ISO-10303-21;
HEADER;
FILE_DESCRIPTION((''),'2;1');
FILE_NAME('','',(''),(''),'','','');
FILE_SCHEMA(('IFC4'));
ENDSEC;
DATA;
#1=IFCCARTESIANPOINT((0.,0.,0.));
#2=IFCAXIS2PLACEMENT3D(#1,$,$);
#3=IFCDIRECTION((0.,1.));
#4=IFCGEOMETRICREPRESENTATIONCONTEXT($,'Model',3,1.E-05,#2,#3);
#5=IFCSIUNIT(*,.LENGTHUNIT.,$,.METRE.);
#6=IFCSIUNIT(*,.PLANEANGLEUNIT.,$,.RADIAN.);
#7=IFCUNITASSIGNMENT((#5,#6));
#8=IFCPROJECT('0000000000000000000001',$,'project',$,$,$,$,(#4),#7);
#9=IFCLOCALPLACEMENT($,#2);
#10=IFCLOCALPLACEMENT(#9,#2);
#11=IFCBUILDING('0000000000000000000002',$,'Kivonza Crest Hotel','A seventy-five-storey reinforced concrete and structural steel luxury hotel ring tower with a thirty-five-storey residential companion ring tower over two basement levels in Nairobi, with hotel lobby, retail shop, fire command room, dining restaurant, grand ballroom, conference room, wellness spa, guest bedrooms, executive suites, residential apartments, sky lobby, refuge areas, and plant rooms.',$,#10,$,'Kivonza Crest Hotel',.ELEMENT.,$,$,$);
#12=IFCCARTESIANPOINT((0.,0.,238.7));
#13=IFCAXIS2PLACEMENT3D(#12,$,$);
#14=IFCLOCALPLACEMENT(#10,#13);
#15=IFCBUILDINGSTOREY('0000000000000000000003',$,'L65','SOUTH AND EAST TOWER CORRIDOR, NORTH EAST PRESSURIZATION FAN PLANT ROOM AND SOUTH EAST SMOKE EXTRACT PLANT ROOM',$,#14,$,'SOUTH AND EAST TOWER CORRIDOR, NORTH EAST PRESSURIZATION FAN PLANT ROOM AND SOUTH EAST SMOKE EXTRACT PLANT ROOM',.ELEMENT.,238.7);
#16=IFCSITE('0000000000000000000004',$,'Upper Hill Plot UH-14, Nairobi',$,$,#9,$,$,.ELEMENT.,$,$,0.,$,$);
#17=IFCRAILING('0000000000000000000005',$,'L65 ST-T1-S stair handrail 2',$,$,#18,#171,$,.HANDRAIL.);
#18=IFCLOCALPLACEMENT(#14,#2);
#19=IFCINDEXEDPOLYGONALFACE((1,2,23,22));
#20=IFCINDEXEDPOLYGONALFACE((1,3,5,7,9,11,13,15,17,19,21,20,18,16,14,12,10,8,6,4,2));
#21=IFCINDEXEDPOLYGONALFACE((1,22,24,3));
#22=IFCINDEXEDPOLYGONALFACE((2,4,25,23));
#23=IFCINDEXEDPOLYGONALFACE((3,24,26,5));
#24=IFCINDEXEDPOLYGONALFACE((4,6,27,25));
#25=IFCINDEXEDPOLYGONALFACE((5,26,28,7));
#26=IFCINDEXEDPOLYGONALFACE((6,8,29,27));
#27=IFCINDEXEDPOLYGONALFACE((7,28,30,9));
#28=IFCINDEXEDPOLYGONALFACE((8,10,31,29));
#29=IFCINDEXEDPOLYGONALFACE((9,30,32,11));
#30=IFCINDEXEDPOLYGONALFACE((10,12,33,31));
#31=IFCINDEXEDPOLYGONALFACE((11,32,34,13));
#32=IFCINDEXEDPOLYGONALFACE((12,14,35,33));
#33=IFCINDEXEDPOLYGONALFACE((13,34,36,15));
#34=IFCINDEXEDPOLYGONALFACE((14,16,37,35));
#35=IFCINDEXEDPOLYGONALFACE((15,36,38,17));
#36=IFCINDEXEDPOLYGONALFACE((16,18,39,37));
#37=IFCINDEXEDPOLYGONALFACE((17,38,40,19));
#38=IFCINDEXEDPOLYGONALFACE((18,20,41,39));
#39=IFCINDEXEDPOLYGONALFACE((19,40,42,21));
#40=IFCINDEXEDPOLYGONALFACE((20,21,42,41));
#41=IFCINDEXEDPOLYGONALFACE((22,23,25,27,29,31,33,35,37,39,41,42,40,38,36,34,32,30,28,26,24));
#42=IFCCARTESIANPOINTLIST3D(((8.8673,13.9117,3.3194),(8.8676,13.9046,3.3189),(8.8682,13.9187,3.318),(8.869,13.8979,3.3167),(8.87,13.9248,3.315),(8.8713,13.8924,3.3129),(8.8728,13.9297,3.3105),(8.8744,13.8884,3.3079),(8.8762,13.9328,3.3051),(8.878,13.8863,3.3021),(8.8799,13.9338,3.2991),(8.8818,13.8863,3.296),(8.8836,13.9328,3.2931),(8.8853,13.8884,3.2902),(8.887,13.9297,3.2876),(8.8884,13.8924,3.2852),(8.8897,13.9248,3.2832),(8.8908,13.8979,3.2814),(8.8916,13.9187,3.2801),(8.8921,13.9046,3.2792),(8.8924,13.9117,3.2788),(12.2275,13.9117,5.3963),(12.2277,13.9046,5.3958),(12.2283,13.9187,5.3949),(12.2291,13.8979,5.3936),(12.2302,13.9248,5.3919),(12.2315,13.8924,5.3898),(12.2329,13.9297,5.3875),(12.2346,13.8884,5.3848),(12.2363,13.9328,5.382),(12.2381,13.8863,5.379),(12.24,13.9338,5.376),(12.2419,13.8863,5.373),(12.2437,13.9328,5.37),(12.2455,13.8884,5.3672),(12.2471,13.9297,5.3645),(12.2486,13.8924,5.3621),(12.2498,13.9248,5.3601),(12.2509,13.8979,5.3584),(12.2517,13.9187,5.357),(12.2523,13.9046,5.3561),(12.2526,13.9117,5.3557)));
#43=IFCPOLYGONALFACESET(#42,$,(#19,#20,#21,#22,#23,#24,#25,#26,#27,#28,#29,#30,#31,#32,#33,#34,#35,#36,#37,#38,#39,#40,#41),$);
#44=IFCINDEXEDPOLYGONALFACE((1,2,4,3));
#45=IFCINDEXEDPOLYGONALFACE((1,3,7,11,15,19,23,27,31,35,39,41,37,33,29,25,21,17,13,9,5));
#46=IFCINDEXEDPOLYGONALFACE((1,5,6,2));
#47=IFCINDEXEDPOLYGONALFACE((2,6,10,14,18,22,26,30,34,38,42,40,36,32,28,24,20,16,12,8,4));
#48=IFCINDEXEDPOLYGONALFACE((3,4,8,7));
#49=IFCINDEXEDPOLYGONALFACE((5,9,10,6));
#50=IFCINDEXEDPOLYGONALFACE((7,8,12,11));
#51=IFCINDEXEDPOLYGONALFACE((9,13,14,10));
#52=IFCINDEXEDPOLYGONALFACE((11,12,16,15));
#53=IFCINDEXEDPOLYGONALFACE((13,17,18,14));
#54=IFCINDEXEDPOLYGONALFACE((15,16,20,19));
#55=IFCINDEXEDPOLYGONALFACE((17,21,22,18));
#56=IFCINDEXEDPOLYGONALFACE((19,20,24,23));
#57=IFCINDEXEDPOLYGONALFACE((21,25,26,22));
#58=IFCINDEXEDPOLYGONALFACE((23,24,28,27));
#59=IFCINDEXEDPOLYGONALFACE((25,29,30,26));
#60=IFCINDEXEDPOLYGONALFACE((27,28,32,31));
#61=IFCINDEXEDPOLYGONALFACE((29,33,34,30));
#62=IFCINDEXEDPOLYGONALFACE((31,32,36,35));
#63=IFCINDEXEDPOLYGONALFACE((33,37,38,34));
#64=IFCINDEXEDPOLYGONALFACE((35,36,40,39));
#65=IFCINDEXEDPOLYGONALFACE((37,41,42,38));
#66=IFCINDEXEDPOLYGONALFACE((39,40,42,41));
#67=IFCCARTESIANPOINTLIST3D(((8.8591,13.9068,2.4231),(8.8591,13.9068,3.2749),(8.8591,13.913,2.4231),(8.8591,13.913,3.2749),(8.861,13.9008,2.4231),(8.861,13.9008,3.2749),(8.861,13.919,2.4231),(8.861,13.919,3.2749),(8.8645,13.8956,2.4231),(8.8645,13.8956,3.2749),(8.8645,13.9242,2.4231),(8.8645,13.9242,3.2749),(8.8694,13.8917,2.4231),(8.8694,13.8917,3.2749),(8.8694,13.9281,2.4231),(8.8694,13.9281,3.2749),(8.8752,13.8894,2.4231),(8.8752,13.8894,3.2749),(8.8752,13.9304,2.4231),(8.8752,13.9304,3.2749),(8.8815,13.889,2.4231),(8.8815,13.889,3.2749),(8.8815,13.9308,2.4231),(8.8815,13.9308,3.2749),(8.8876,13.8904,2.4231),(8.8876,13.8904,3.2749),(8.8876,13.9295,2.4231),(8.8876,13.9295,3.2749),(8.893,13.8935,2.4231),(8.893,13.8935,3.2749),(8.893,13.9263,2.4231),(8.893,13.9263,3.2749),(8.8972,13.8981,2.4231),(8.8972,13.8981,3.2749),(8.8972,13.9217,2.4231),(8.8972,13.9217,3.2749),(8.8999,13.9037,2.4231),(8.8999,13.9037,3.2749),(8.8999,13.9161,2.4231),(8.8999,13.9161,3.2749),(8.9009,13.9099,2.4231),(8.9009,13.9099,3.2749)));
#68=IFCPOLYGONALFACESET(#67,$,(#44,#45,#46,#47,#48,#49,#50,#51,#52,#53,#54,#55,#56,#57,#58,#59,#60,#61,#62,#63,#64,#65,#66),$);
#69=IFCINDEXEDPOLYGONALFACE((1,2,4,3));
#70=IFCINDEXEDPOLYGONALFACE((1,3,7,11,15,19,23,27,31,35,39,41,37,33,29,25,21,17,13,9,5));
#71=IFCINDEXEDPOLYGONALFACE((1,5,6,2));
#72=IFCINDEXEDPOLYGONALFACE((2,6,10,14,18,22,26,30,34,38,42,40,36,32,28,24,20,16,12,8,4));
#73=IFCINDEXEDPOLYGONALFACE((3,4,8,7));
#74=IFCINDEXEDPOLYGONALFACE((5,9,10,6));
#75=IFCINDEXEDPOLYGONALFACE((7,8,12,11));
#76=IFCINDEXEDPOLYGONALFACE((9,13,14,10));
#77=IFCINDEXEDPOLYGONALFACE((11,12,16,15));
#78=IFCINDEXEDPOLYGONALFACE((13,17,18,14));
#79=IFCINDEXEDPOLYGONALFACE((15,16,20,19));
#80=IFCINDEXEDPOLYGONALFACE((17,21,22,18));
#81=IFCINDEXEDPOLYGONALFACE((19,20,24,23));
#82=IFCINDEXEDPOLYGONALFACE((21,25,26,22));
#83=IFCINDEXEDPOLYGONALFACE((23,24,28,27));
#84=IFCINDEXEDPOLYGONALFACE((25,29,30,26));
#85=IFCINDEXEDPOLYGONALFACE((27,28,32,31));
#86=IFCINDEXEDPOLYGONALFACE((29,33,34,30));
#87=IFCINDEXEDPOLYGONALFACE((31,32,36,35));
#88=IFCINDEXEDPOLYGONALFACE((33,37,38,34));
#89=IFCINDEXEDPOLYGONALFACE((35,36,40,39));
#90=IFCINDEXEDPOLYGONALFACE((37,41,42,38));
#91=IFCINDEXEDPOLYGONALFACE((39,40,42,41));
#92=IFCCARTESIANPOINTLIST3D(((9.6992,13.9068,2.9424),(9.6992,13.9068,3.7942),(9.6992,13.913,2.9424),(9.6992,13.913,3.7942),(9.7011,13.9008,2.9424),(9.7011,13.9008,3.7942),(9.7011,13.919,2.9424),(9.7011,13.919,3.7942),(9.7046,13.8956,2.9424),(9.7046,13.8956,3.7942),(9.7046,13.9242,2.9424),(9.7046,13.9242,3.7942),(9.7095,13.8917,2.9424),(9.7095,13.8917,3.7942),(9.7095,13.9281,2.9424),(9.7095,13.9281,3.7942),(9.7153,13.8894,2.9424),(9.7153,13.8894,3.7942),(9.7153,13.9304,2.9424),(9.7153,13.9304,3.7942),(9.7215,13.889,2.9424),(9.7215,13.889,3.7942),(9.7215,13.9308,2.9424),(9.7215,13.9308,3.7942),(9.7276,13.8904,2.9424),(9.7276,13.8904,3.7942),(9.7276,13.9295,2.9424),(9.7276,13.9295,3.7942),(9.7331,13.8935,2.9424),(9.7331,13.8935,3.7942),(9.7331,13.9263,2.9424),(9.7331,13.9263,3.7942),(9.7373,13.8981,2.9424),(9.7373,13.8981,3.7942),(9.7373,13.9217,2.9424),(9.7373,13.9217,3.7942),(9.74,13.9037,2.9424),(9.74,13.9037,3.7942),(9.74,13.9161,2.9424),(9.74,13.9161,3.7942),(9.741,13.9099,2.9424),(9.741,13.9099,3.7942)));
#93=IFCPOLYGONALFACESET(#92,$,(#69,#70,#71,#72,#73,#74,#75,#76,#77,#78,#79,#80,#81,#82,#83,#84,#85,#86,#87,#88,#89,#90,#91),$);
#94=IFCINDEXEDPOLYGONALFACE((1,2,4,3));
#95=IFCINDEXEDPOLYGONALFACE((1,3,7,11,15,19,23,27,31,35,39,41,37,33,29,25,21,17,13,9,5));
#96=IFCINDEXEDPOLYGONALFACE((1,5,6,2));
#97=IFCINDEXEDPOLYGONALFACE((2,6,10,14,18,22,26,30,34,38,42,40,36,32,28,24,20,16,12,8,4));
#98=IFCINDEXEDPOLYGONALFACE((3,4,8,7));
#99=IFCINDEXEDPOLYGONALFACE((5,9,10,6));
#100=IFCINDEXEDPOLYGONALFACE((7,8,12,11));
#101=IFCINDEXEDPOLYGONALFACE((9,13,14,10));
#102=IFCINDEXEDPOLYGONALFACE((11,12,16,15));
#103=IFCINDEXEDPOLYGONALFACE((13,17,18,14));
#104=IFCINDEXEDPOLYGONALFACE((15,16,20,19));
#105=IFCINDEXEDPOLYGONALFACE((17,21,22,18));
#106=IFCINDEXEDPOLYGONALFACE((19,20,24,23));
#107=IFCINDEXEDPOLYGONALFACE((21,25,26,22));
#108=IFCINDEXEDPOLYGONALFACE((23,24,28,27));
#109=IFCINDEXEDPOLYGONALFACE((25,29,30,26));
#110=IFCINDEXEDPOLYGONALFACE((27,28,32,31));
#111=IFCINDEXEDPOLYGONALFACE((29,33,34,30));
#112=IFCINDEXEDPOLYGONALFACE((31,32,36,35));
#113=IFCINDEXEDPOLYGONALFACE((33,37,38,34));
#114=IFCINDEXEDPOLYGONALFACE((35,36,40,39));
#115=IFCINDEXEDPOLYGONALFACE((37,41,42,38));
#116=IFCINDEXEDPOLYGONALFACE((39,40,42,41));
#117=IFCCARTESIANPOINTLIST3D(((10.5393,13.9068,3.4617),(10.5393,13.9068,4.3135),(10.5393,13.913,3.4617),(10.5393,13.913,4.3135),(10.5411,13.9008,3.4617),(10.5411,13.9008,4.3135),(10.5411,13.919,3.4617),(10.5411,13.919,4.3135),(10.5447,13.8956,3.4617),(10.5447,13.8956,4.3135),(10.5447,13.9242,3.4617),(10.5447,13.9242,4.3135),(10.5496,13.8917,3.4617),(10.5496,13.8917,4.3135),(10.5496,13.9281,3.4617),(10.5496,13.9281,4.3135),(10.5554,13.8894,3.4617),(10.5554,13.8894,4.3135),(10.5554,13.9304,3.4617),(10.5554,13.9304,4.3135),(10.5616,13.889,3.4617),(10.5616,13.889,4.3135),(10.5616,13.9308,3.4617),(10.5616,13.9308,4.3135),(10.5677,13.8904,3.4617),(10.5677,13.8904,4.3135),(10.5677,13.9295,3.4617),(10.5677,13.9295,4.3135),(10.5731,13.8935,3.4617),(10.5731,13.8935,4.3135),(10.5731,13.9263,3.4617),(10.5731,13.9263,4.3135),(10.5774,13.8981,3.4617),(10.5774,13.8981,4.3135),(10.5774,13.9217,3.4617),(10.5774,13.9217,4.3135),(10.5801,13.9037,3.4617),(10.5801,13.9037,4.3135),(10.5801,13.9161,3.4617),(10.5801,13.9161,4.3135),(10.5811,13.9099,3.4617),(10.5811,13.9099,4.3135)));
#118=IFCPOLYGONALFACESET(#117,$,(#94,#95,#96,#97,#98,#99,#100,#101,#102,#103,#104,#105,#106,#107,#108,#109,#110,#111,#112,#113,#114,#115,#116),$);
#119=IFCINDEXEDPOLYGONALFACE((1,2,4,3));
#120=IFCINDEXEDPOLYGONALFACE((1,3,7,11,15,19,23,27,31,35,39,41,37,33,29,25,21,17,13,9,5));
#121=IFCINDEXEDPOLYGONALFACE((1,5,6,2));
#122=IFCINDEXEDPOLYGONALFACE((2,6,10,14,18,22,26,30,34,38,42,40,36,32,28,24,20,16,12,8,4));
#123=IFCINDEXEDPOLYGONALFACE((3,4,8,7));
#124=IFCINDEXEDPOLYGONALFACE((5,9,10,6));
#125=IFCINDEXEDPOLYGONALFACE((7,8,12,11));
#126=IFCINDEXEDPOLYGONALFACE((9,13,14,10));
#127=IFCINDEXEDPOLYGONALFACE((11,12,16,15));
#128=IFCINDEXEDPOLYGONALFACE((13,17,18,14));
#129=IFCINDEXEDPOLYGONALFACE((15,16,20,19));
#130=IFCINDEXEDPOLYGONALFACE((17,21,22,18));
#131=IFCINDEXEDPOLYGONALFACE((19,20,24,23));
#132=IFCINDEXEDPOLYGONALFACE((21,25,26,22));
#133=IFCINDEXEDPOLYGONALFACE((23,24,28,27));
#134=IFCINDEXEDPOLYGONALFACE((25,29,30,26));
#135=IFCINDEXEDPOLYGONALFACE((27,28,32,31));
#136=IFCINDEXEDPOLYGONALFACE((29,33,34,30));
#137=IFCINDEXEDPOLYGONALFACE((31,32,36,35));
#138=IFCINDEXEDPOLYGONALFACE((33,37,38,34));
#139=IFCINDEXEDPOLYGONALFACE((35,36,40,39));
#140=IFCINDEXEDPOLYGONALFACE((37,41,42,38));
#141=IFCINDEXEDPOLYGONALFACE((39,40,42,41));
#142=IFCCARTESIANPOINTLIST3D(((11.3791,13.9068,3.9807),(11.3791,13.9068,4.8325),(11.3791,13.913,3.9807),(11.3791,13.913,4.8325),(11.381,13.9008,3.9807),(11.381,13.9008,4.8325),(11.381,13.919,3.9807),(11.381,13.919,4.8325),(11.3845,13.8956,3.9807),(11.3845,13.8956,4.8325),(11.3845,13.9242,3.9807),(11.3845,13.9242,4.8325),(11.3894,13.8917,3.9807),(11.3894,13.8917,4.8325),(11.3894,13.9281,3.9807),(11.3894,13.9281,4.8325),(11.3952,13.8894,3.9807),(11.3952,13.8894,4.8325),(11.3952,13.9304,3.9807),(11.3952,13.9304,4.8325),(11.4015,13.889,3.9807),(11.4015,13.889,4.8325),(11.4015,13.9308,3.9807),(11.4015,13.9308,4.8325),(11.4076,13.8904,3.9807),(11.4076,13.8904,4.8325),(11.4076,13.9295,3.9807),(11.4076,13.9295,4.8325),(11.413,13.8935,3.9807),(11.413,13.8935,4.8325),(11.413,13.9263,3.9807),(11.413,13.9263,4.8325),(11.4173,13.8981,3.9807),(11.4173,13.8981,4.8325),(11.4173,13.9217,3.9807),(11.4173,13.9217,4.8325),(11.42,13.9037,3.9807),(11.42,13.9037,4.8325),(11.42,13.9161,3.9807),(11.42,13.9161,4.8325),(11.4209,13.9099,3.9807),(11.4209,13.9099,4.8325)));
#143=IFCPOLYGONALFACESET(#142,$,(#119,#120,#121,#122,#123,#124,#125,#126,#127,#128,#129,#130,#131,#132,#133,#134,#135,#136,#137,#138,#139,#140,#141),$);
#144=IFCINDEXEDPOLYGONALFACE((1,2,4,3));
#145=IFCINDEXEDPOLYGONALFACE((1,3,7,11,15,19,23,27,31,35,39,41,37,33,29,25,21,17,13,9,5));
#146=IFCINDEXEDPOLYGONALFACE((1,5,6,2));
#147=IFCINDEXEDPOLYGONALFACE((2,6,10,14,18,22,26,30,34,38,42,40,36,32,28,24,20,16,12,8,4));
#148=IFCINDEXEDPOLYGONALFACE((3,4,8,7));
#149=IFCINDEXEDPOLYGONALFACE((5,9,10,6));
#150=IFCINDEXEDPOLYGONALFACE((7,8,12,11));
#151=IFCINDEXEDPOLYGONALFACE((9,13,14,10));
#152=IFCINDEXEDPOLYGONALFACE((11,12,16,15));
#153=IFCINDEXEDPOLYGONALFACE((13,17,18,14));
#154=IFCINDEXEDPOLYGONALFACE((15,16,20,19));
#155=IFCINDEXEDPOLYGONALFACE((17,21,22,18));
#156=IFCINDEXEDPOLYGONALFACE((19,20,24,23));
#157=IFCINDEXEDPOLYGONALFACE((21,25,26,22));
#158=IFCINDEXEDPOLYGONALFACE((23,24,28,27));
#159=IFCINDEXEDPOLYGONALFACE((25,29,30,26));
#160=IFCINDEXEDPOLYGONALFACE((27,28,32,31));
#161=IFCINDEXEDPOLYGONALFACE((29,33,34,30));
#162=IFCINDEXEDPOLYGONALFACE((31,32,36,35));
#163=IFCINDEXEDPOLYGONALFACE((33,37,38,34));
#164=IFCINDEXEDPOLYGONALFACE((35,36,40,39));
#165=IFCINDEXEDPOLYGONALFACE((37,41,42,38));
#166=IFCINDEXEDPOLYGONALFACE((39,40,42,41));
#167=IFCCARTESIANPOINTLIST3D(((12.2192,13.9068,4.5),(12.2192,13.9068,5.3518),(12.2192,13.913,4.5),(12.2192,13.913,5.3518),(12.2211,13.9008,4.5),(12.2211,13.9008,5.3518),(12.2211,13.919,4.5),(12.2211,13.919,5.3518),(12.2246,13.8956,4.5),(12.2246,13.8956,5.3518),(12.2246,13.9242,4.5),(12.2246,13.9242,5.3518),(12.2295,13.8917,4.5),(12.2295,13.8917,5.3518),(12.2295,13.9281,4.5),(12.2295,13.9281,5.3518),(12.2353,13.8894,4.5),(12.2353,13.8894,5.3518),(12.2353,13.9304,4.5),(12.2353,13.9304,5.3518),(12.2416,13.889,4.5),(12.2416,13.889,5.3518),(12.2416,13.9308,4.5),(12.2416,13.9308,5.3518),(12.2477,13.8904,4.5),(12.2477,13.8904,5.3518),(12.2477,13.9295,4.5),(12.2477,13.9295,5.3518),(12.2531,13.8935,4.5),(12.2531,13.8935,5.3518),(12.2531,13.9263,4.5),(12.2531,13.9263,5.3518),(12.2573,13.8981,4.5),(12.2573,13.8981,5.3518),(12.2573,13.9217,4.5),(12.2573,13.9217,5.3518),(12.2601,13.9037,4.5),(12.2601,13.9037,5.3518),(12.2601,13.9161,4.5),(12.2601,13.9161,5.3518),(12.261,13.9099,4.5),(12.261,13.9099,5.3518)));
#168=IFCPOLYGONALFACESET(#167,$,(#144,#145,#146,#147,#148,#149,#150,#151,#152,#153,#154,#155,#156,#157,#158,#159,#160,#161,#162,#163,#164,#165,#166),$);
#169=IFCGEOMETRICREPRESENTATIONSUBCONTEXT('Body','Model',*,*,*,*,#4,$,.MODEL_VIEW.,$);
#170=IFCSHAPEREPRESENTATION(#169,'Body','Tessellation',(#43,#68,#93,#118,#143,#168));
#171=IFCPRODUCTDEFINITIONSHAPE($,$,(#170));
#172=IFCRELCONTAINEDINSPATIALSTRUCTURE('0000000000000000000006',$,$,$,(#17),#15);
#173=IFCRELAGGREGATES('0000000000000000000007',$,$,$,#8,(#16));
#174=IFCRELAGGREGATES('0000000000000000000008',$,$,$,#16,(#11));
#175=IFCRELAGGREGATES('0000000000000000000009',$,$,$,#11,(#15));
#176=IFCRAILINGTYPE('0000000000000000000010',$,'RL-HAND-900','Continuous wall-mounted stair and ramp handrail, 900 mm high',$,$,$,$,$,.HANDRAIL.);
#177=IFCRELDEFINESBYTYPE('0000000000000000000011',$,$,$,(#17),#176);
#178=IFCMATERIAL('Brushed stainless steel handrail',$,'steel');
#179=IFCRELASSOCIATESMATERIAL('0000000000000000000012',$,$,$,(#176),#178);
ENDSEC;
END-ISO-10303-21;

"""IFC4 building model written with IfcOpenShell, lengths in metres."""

from ifc_helpers import new_model, si_unit, direction, frame, origin, origin_2d, place, context, subcontext, project, spatial, circle, extrude, material, type_object, element, save


model = new_model("IFC4")

# Units and contexts
model_context = context("Model", 3, precision=1e-05, world=origin(), true_north=direction((0.0, 1.0)))
body_context = subcontext(model_context, "Body", "Model", "MODEL_VIEW")
ifc_project = project(units=[si_unit("LENGTHUNIT", "METRE"), si_unit("PLANEANGLEUNIT", "RADIAN")], contexts=[model_context])

# Site, building, storey
site_placement = place(None, origin())
site = spatial("IfcSite", under=ifc_project, at=site_placement, Name="Upper Hill Plot UH-14, Nairobi", CompositionType="ELEMENT", RefElevation=0.0)
building_placement = place(site_placement, origin())
building = spatial("IfcBuilding", under=site, at=building_placement, Name="Kivonza Crest Hotel", Description="A seventy-five-storey reinforced concrete and structural steel luxury hotel ring tower with a thirty-five-storey residential companion ring tower over two basement levels in Nairobi, with hotel lobby, retail shop, fire command room, dining restaurant, grand ballroom, conference room, wellness spa, guest bedrooms, executive suites, residential apartments, sky lobby, refuge areas, and plant rooms.", LongName="Kivonza Crest Hotel", CompositionType="ELEMENT")
storey_placement = place(building_placement, frame((0.0, 0.0, 238.7)))
storey = spatial("IfcBuildingStorey", under=building, at=storey_placement, Name="L65", Description="SOUTH AND EAST TOWER CORRIDOR, NORTH EAST PRESSURIZATION FAN PLANT ROOM AND SOUTH EAST SMOKE EXTRACT PLANT ROOM", LongName="SOUTH AND EAST TOWER CORRIDOR, NORTH EAST PRESSURIZATION FAN PLANT ROOM AND SOUTH EAST SMOKE EXTRACT PLANT ROOM", CompositionType="ELEMENT", Elevation=238.7)

# Railing
ifc_material_1 = material(Name="Brushed stainless steel handrail", Category="steel")
railing_type_1 = type_object("IfcRailingType", Name="RL-HAND-900", Description="Continuous wall-mounted stair and ramp handrail, 900 mm high", PredefinedType="HANDRAIL", material=ifc_material_1)
railing_1_placement = place(storey_placement, frame((8.8799, 13.9099, 2.4231)))
element("IfcRailing", 1, at=railing_1_placement, inside=storey, type_object=railing_type_1, Name="L65 ST-T1-S stair handrail 2", PredefinedType="HANDRAIL", context=body_context, shape_type="SweptSolid", body=[
    extrude(circle(Radius=0.0239, at=origin_2d()), frame((0.0, 0.0, 0.876), z_axis=(0.850623, 0.0, 0.525776), x_axis=(0.0, 1.0, 0.0)), (0.0, 0.0, 1.0), 3.9502),
    extrude(circle(Radius=0.021, at=origin_2d()), origin(), (0.0, 0.0, 1.0), 0.8518),
    extrude(circle(Radius=0.021, at=origin_2d()), frame((0.8401, 0.0, 0.5193)), (0.0, 0.0, 1.0), 0.8518),
    extrude(circle(Radius=0.021, at=origin_2d()), frame((1.6802, 0.0, 1.0386)), (0.0, 0.0, 1.0), 0.8518),
    extrude(circle(Radius=0.021, at=origin_2d()), frame((2.52, 0.0, 1.5576)), (0.0, 0.0, 1.0), 0.8518),
    extrude(circle(Radius=0.021, at=origin_2d()), frame((3.3601, 0.0, 2.0769)), (0.0, 0.0, 1.0), 0.8518),
])

save(model, "model.ifc")
